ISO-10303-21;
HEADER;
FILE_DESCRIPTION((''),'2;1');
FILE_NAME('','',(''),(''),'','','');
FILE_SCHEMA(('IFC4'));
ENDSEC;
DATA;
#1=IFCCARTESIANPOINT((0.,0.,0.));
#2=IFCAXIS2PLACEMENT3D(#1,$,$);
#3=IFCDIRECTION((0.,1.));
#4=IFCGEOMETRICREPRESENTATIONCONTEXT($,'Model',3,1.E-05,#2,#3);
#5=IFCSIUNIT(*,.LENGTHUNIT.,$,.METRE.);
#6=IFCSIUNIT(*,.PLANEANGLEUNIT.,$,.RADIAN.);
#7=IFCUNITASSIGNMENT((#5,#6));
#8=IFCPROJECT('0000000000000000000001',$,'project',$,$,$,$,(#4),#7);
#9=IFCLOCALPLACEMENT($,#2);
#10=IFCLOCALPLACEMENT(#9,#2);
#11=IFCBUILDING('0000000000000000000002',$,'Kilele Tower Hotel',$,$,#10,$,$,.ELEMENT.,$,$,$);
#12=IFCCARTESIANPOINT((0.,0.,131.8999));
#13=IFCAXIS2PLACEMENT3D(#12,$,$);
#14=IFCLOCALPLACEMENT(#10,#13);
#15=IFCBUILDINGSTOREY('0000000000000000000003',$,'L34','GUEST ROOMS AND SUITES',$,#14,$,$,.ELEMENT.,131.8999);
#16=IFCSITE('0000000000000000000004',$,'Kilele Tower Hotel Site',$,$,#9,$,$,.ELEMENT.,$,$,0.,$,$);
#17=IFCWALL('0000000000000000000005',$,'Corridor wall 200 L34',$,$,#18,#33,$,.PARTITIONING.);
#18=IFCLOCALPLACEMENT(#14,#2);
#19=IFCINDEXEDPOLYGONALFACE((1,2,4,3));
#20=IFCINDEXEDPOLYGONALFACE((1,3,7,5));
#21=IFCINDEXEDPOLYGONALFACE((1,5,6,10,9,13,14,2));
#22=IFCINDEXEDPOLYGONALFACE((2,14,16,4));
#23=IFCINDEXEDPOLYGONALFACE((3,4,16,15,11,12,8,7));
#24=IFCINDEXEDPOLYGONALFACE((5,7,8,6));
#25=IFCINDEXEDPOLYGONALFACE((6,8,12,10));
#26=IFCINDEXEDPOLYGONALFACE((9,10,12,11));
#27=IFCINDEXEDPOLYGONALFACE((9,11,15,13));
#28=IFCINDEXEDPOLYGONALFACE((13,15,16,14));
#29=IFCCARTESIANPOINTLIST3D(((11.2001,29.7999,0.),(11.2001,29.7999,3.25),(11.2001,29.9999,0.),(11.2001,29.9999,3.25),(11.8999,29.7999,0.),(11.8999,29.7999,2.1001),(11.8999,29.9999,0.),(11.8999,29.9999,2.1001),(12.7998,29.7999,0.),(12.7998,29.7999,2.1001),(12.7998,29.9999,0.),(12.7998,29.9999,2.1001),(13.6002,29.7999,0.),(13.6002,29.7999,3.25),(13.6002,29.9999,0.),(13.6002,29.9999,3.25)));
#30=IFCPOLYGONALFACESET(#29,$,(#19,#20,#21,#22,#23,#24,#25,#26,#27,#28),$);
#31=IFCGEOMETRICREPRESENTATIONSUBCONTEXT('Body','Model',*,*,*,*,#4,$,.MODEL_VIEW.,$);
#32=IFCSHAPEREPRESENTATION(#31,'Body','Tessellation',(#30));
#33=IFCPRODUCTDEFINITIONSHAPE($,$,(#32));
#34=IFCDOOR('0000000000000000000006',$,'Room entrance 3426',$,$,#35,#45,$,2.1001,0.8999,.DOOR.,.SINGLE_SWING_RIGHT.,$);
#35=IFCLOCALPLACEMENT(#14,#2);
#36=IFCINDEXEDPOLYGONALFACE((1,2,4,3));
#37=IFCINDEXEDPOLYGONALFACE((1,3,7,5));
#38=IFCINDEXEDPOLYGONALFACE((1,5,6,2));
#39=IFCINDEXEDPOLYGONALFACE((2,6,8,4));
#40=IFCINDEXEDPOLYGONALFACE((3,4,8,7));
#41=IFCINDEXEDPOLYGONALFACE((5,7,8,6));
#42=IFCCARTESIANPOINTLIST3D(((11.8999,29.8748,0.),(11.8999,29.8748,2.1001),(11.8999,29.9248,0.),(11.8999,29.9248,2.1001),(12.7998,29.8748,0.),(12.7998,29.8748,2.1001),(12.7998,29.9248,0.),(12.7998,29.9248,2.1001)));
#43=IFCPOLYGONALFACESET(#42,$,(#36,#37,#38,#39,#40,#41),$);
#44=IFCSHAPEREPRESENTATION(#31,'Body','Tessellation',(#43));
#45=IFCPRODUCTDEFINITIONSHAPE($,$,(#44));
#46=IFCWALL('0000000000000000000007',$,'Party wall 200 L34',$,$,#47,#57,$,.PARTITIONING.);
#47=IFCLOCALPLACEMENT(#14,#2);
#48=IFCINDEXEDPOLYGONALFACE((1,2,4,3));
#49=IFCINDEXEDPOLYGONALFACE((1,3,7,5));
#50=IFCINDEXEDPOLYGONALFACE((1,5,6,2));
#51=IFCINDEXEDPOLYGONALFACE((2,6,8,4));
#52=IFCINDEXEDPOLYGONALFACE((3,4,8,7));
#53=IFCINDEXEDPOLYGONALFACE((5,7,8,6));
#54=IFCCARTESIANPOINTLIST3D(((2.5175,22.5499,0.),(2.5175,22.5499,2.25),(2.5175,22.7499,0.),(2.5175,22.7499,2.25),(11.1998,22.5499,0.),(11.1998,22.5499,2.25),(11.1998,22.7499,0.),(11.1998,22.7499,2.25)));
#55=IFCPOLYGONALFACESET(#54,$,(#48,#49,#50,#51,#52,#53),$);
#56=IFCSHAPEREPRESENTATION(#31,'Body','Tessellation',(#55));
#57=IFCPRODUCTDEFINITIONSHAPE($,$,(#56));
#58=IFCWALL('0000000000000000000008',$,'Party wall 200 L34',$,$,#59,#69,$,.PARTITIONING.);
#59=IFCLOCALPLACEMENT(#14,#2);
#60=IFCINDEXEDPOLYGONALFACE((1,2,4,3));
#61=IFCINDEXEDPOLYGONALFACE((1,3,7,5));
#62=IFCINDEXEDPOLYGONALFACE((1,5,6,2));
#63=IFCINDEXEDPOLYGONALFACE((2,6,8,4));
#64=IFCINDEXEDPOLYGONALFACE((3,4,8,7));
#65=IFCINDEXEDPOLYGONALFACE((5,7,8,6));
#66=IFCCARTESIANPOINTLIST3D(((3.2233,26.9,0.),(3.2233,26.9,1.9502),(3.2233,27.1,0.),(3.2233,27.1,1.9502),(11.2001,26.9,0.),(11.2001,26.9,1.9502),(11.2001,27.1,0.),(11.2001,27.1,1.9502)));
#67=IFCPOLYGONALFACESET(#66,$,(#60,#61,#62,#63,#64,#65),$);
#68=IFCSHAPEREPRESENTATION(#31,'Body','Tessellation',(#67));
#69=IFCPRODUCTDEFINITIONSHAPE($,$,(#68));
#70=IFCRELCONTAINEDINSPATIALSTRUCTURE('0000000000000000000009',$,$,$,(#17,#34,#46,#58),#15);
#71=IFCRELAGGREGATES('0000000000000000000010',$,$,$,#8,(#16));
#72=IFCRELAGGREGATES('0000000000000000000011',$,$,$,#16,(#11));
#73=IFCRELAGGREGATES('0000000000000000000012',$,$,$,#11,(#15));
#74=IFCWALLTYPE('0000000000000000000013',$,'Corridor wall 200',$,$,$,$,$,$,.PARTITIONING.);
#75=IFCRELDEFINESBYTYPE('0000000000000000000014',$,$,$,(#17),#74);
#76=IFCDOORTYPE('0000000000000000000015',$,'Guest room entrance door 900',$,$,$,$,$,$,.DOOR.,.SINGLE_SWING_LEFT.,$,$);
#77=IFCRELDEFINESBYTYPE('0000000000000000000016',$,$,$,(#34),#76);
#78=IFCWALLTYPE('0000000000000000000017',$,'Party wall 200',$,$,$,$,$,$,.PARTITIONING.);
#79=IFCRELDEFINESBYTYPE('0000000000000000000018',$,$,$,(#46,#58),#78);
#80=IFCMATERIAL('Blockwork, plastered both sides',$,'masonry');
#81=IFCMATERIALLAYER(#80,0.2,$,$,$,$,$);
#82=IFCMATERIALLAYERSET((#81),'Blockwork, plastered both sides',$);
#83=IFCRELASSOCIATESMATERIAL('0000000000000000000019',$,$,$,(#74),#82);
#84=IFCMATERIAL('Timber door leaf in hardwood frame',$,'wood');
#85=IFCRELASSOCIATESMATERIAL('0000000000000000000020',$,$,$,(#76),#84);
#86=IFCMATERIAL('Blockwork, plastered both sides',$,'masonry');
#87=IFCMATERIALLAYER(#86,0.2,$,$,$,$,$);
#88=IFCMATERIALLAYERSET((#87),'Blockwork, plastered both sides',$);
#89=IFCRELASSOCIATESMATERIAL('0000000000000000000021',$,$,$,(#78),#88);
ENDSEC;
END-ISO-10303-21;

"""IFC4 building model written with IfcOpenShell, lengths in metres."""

from ifc_helpers import new_model, si_unit, direction, frame, frame_2d, origin, place, context, subcontext, project, spatial, rectangle, extrude, material, layer, layer_set, type_object, element, fill, save


model = new_model("IFC4")

# Units and contexts
model_context = context("Model", 3, precision=1e-05, world=origin(), true_north=direction((0.0, 1.0)))
body_context = subcontext(model_context, "Body", "Model", "MODEL_VIEW")
ifc_project = project(units=[si_unit("LENGTHUNIT", "METRE"), si_unit("PLANEANGLEUNIT", "RADIAN")], contexts=[model_context])

# Site, building, storey
site_placement = place(None, origin())
site = spatial("IfcSite", under=ifc_project, at=site_placement, Name="Kilele Tower Hotel Site", CompositionType="ELEMENT", RefElevation=0.0)
building_placement = place(site_placement, origin())
building = spatial("IfcBuilding", under=site, at=building_placement, Name="Kilele Tower Hotel", CompositionType="ELEMENT")
storey_placement = place(building_placement, frame((0.0, 0.0, 131.8999)))
storey = spatial("IfcBuildingStorey", under=building, at=storey_placement, Name="L34", Description="GUEST ROOMS AND SUITES", CompositionType="ELEMENT", Elevation=131.8999)

# Wall, opening, door
ifc_material_1 = material(Name="Blockwork, plastered both sides", Category="masonry")
ifc_layer_1 = layer(ifc_material_1, 0.2)
ifc_layer_set_1 = layer_set([ifc_layer_1], Name="Blockwork, plastered both sides")
wall_type_1 = type_object("IfcWallType", Name="Corridor wall 200", PredefinedType="PARTITIONING", material=ifc_layer_set_1)
wall_1_placement = place(storey_placement, frame((11.2, 29.8999, 0.0), z_axis=(0.0, 0.0, 1.0), x_axis=(1.0, 0.0, 0.0)))
wall_1 = element("IfcWall", 1, at=wall_1_placement, inside=storey, type_object=wall_type_1, Name="Corridor wall 200 L34", PredefinedType="PARTITIONING", context=body_context, shape_type="SweptSolid", body=[
    extrude(rectangle(XDim=2.4001, YDim=0.2, at=frame_2d((1.2002, 0.0))), origin(), (0.0, 0.0, 1.0), 3.25),
])
opening_1_placement = place(wall_1_placement, frame((0.7, 0.0, 0.0)))
opening_1 = element("IfcOpeningElement", 2, at=opening_1_placement, cuts=wall_1, PredefinedType="OPENING", context=body_context, shape_type="SweptSolid", body=[
    extrude(rectangle(XDim=0.8999, YDim=2.1001, at=frame_2d((0.45, 1.05))), frame((0.0, 0.1099, 0.0), z_axis=(0.0, -1.0, 0.0), x_axis=(1.0, 0.0, 0.0)), (0.0, 0.0, 1.0), 0.22),
])
ifc_material_2 = material(Name="Timber door leaf in hardwood frame", Category="wood")
door_type_1 = type_object("IfcDoorType", Name="Guest room entrance door 900", OperationType="SINGLE_SWING_LEFT", PredefinedType="DOOR", material=ifc_material_2)
door_1_placement = place(opening_1_placement, origin())
door_1 = element("IfcDoor", 3, at=door_1_placement, inside=storey, type_object=door_type_1, Name="Room entrance 3426", OperationType="SINGLE_SWING_RIGHT", OverallHeight=2.1001, OverallWidth=0.8999, PredefinedType="DOOR", context=body_context, shape_type="SweptSolid", body=[
    extrude(rectangle(XDim=0.8999, YDim=2.1001, at=frame_2d((0.45, 1.05))), frame((0.0, 0.0249, 0.0), z_axis=(0.0, -1.0, 0.0), x_axis=(1.0, 0.0, 0.0)), (0.0, 0.0, 1.0), 0.05),
])
fill(opening_1, door_1)

# Walls
ifc_material_3 = material(Name="Blockwork, plastered both sides", Category="masonry")
ifc_layer_2 = layer(ifc_material_3, 0.2)
ifc_layer_set_2 = layer_set([ifc_layer_2], Name="Blockwork, plastered both sides")
wall_type_2 = type_object("IfcWallType", Name="Party wall 200", PredefinedType="PARTITIONING", material=ifc_layer_set_2)
wall_2_placement = place(storey_placement, frame((11.2, 22.6499, 0.0), z_axis=(0.0, 0.0, 1.0), x_axis=(-1.0, 0.0, 0.0)))
element("IfcWall", 4, at=wall_2_placement, inside=storey, type_object=wall_type_2, Name="Party wall 200 L34", PredefinedType="PARTITIONING", context=body_context, shape_type="SweptSolid", body=[
    extrude(rectangle(XDim=8.6824, YDim=0.2, at=frame_2d((4.3413, 0.0))), origin(), (0.0, 0.0, 1.0), 2.25),
])
wall_3_placement = place(storey_placement, frame((11.2, 27.0, 0.0), z_axis=(0.0, 0.0, 1.0), x_axis=(-1.0, 0.0, 0.0)))
element("IfcWall", 5, at=wall_3_placement, inside=storey, type_object=wall_type_2, Name="Party wall 200 L34", PredefinedType="PARTITIONING", context=body_context, shape_type="SweptSolid", body=[
    extrude(rectangle(XDim=7.9768, YDim=0.2, at=frame_2d((3.9883, 0.0))), origin(), (0.0, 0.0, 1.0), 1.9502),
])

save(model, "model.ifc")
